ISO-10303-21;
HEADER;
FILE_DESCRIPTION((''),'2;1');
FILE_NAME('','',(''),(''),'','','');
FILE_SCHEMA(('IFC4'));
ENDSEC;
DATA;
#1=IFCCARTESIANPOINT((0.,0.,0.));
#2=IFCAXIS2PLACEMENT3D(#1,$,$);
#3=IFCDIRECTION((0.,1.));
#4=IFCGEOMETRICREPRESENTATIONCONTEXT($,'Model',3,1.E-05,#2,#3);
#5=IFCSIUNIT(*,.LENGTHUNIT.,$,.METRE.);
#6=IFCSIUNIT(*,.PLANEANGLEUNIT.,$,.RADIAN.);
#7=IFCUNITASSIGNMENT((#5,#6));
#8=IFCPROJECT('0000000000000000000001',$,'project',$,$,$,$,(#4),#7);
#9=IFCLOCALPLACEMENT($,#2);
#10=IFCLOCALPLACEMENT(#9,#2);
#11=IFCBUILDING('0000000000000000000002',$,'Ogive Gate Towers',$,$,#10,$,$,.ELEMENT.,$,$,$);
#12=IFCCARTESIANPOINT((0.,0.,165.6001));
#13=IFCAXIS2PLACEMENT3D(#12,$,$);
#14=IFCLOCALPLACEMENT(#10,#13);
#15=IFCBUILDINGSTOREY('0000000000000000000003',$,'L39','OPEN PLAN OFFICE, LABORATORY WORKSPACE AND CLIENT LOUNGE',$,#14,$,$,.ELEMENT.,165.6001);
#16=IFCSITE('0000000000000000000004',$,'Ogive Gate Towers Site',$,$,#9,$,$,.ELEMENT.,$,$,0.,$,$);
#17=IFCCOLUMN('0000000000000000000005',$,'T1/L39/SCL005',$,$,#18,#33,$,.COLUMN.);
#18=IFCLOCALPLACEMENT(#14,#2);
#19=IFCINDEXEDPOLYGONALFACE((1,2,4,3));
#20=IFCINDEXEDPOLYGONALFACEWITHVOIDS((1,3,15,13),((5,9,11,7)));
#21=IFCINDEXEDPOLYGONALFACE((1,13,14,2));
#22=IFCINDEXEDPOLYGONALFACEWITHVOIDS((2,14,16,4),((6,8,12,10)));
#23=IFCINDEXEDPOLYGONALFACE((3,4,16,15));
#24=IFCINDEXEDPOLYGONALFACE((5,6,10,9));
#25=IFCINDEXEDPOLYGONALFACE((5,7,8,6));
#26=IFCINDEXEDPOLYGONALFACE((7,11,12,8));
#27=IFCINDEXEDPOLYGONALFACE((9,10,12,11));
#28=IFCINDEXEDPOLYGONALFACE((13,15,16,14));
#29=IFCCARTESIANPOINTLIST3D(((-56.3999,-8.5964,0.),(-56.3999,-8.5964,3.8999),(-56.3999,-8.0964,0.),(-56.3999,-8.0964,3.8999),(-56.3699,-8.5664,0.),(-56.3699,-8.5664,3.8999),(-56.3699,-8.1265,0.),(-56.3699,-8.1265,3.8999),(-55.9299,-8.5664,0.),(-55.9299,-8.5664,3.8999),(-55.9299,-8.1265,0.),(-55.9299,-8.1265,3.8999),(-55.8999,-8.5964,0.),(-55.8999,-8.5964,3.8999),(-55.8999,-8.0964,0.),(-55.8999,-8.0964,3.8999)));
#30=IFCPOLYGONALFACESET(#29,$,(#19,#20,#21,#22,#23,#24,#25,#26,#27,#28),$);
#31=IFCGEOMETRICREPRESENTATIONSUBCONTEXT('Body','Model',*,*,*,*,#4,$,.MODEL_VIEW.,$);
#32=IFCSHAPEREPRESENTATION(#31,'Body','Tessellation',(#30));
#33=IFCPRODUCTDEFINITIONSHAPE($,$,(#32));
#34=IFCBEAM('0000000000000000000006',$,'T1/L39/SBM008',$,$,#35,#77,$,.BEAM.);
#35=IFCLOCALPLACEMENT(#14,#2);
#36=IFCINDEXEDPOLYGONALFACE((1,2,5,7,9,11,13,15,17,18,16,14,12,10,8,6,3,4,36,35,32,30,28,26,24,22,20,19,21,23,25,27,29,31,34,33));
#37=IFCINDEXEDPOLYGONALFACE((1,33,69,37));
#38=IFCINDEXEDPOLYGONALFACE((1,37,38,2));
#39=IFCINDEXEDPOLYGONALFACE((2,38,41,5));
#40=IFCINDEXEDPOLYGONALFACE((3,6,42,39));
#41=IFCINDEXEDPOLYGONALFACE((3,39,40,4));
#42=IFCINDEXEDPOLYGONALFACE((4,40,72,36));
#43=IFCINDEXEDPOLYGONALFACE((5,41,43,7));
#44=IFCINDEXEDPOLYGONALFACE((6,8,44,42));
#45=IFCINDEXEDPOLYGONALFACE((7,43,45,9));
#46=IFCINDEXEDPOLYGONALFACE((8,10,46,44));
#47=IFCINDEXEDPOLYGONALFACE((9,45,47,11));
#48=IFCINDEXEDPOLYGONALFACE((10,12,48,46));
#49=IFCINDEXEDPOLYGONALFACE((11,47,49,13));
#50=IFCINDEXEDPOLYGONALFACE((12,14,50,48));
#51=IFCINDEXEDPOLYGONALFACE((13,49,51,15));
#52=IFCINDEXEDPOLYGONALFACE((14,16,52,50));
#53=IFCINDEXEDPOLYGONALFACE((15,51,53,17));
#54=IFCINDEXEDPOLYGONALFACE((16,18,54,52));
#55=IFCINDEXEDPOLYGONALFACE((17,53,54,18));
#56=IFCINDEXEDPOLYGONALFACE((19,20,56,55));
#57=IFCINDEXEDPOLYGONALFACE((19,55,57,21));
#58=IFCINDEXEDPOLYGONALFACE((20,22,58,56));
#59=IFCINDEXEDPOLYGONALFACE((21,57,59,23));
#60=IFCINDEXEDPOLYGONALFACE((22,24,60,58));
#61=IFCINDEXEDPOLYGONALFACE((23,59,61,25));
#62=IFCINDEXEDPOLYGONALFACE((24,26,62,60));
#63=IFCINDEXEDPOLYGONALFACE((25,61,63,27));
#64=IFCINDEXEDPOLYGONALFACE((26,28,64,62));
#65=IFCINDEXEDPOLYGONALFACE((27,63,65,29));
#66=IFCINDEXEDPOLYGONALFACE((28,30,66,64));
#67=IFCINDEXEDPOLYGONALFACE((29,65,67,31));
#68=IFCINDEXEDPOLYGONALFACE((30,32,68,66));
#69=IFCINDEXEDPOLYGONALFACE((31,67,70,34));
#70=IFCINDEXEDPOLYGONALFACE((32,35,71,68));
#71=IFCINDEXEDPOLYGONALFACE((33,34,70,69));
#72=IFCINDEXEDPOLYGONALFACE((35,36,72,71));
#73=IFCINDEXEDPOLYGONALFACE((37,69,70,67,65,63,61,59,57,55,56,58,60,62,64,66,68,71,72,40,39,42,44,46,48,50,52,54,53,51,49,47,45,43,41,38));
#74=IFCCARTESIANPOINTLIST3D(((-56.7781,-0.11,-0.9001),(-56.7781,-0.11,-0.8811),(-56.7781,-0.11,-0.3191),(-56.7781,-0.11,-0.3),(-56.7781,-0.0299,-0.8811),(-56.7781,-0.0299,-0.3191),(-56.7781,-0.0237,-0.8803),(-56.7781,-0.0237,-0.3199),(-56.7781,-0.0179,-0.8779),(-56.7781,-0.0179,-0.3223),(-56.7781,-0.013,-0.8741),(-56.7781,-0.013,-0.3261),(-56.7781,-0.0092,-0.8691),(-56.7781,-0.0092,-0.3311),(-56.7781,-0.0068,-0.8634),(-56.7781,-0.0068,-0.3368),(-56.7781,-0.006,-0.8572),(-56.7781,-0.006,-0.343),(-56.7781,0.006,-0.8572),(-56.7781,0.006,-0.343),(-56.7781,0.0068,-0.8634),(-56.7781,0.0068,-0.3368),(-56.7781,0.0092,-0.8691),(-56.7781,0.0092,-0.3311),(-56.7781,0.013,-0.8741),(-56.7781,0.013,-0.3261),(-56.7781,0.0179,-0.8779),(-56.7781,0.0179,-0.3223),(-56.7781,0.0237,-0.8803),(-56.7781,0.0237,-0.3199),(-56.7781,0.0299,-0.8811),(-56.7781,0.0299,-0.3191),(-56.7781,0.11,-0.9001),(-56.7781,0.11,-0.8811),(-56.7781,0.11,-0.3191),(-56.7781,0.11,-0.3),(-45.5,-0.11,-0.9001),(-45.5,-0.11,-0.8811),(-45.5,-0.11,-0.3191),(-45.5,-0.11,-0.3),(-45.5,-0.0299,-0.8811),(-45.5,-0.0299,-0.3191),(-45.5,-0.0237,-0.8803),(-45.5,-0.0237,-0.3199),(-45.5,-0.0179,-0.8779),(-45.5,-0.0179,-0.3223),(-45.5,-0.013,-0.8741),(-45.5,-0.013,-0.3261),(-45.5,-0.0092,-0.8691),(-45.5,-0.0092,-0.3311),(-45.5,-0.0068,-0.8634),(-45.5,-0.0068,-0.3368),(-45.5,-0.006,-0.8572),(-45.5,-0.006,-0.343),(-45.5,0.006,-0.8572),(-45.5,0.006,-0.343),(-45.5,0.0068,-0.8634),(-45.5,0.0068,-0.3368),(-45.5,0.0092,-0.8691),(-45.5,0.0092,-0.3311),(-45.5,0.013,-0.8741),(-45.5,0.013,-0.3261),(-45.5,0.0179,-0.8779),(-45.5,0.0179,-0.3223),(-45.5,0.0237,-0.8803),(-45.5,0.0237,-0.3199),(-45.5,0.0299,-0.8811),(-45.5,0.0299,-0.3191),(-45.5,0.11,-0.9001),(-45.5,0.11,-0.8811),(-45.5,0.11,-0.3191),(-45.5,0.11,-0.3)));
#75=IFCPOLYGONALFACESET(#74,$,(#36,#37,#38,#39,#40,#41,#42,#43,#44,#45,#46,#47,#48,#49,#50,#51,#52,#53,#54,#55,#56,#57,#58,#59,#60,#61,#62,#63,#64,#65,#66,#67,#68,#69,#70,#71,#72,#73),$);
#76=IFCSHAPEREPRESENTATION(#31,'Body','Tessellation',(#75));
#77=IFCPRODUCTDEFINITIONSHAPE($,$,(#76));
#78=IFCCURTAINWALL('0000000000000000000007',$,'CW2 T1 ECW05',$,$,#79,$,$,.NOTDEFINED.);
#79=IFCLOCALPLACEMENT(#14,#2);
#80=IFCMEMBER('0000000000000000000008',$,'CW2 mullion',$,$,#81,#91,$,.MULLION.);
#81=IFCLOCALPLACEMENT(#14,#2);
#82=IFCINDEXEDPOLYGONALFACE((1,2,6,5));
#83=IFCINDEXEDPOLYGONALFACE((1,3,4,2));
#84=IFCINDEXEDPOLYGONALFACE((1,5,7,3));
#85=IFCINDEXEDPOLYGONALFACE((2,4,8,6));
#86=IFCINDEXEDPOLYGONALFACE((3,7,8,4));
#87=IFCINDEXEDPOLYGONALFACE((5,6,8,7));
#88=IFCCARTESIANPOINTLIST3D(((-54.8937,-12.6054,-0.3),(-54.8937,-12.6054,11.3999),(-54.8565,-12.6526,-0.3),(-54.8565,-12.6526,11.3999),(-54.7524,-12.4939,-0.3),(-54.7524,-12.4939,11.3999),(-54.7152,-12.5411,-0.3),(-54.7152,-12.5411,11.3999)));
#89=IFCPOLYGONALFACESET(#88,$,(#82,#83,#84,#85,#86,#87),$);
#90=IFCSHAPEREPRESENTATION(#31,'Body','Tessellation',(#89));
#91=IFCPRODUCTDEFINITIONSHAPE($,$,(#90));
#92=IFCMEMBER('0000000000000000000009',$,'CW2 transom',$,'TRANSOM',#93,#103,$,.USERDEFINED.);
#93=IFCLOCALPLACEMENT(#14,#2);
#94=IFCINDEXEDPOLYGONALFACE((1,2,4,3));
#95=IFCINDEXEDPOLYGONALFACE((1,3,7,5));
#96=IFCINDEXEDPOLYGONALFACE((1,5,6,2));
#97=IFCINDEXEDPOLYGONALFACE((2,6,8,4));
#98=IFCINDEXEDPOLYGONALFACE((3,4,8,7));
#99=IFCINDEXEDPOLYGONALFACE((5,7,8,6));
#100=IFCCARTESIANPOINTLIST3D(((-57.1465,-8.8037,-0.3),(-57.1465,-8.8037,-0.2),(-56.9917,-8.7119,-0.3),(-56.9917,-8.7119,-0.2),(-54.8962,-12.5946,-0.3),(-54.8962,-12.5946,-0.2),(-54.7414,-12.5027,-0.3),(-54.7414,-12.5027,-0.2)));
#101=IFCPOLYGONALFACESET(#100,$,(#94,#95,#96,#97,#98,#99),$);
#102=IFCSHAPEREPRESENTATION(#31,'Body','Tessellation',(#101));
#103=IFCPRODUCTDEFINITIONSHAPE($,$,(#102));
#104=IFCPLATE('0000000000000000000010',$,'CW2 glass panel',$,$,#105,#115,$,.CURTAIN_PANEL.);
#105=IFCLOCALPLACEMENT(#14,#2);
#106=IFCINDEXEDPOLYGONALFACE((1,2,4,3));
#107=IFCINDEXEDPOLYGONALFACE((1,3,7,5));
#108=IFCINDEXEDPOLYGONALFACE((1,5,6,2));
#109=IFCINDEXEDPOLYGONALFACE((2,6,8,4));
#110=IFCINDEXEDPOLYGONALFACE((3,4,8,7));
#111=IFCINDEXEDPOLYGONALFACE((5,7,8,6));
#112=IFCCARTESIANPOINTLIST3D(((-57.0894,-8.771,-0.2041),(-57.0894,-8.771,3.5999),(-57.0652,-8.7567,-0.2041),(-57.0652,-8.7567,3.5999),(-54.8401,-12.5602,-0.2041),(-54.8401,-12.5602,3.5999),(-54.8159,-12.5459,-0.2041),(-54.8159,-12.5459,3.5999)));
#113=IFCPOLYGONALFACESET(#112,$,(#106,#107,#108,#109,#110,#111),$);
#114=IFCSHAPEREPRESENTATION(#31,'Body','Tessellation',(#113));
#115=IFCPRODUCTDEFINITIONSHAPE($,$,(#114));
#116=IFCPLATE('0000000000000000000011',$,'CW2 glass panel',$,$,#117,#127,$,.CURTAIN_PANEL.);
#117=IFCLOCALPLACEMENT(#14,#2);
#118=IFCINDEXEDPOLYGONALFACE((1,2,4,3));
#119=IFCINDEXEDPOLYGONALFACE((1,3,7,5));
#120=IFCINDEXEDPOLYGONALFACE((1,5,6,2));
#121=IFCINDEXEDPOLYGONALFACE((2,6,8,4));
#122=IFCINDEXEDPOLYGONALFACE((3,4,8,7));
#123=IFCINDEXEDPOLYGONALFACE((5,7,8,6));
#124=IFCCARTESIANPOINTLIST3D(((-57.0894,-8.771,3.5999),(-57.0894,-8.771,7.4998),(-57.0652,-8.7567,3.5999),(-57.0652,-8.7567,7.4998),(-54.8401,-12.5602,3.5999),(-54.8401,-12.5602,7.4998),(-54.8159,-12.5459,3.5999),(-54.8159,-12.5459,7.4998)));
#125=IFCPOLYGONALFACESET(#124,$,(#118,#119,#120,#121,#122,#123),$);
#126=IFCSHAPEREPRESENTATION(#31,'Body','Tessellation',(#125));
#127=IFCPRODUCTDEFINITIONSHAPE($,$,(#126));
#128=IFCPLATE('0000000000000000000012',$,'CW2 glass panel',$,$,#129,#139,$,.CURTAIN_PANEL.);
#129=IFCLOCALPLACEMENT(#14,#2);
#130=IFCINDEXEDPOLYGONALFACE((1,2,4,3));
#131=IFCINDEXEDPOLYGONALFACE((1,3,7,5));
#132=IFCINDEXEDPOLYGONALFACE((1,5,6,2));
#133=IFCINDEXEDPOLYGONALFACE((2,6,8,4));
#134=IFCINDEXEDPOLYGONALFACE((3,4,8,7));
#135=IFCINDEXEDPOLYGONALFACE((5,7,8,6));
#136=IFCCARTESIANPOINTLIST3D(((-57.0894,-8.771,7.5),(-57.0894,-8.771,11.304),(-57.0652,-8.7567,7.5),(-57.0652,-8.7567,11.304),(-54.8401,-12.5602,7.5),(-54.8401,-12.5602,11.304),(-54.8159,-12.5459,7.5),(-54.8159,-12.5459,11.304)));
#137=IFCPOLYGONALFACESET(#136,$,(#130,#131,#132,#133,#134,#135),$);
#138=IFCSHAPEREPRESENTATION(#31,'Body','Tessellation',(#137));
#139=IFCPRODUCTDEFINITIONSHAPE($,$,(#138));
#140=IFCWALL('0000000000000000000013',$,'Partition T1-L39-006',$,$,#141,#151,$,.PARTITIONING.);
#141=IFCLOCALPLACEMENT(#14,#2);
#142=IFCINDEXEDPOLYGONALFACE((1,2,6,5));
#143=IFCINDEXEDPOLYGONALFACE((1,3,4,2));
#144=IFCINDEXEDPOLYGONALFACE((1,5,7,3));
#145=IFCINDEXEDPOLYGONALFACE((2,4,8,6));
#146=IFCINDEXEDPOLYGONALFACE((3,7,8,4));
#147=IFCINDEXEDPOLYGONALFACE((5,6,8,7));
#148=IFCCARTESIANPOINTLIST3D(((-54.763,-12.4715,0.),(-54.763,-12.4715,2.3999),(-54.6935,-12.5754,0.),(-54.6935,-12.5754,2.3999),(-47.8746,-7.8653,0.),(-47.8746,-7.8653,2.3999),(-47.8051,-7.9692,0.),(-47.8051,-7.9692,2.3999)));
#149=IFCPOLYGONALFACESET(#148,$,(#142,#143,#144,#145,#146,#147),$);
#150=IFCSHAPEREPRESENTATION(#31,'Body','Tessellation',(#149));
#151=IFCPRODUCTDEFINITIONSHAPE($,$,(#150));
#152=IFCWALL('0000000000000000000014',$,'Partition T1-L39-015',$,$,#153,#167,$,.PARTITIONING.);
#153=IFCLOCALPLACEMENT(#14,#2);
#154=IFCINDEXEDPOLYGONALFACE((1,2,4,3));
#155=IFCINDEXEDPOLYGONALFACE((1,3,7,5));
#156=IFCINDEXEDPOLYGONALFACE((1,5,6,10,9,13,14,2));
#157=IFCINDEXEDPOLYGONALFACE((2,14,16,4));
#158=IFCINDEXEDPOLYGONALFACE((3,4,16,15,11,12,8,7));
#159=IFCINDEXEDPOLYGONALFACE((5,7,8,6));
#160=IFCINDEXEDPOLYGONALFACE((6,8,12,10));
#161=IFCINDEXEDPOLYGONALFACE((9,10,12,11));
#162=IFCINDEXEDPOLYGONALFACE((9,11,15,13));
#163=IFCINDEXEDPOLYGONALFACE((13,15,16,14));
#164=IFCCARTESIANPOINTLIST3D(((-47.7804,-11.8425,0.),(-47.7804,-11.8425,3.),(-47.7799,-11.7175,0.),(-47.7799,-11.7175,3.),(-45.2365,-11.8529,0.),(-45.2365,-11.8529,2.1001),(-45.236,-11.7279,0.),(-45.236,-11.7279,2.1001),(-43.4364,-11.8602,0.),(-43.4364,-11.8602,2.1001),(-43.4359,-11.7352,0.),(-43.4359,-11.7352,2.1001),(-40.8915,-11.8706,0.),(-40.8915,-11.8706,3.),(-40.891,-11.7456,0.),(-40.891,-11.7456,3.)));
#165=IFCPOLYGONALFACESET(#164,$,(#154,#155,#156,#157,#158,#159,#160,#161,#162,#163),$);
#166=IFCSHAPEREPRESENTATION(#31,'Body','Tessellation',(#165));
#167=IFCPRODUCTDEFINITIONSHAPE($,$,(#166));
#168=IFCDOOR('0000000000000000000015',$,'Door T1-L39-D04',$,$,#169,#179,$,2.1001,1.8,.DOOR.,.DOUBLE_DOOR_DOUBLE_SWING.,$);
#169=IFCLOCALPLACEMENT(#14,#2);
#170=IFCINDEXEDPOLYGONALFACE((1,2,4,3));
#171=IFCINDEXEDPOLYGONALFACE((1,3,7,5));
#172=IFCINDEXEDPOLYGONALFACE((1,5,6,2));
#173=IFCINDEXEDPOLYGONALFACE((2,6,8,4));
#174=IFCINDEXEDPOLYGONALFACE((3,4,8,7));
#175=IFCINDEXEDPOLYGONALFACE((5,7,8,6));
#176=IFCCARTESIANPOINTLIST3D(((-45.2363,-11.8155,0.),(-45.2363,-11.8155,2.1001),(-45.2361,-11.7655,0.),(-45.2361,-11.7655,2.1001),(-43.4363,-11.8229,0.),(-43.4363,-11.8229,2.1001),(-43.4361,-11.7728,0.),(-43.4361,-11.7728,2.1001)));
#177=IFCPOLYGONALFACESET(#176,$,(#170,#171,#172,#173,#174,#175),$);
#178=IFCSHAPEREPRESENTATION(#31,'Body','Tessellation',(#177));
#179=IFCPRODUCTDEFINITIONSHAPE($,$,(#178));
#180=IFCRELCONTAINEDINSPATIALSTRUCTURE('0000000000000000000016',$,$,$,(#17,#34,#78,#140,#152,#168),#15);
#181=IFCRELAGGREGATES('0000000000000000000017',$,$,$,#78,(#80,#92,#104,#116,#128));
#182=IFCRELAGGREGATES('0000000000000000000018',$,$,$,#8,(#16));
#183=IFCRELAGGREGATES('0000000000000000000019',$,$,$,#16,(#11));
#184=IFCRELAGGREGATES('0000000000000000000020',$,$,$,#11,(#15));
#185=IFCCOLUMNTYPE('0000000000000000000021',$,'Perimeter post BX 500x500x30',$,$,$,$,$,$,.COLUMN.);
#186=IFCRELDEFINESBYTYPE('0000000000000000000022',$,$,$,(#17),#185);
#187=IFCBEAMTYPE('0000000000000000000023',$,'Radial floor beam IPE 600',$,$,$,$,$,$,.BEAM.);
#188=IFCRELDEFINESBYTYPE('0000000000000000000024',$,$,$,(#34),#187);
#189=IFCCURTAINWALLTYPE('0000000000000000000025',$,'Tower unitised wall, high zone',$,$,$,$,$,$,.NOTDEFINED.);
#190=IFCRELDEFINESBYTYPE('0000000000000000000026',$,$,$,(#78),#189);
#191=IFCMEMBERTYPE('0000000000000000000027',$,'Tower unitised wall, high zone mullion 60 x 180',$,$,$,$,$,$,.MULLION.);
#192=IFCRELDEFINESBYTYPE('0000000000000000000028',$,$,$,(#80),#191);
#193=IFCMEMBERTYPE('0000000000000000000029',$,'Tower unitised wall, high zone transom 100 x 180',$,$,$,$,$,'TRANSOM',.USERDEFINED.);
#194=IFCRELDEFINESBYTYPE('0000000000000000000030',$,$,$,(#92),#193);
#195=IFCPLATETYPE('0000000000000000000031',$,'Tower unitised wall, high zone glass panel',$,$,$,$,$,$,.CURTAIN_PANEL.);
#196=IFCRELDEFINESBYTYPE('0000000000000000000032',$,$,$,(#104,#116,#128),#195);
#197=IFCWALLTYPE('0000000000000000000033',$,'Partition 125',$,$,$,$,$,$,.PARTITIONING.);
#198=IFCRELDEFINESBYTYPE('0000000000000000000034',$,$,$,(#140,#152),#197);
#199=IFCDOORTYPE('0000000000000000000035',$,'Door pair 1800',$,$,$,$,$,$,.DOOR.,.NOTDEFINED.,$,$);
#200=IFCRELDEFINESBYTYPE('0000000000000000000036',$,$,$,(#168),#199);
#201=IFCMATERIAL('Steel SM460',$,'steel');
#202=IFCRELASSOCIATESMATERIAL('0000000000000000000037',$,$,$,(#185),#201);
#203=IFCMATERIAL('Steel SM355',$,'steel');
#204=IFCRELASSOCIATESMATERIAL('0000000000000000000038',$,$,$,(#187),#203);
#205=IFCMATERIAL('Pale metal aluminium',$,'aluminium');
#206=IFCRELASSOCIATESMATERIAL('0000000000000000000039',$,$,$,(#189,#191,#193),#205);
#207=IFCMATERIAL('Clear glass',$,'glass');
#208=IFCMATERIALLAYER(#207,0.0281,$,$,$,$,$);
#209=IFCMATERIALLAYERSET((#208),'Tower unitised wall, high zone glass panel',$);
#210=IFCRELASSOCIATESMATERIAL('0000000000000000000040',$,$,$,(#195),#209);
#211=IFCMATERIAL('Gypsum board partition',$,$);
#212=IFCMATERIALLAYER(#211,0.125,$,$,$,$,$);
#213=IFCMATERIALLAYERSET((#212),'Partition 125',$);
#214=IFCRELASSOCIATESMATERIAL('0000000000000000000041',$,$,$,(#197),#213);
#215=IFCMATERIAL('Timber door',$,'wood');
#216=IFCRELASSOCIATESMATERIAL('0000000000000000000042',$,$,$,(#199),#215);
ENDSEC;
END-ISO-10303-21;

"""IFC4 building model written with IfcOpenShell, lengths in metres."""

from ifc_helpers import new_model, si_unit, direction, frame, frame_2d, origin, origin_2d, place, context, subcontext, project, spatial, rectangle, hollow_rectangle, i_section, extrude, material, layer, layer_set, material_profile, profile_set, type_object, element, fill, aggregate, save


model = new_model("IFC4")

# Units and contexts
model_context = context("Model", 3, precision=1e-05, world=origin(), true_north=direction((0.0, 1.0)))
body_context = subcontext(model_context, "Body", "Model", "MODEL_VIEW")
ifc_project = project(units=[si_unit("LENGTHUNIT", "METRE"), si_unit("PLANEANGLEUNIT", "RADIAN")], contexts=[model_context])

# Site, building, storey
site_placement = place(None, origin())
site = spatial("IfcSite", under=ifc_project, at=site_placement, Name="Ogive Gate Towers Site", CompositionType="ELEMENT", RefElevation=0.0)
building_placement = place(site_placement, origin())
building = spatial("IfcBuilding", under=site, at=building_placement, Name="Ogive Gate Towers", CompositionType="ELEMENT")
storey_placement = place(building_placement, frame((0.0, 0.0, 165.6001)))
storey = spatial("IfcBuildingStorey", under=building, at=storey_placement, Name="L39", Description="OPEN PLAN OFFICE, LABORATORY WORKSPACE AND CLIENT LOUNGE", CompositionType="ELEMENT", Elevation=165.6001)

# Column
ifc_material_1 = material(Name="Steel SM460", Category="steel")
ifc_material_profile_1 = material_profile(ifc_material_1, hollow_rectangle(XDim=0.5, YDim=0.5, WallThickness=0.03, at=origin_2d()), Name="BX 500x500x30")
ifc_profile_set_1 = profile_set([ifc_material_profile_1], Name="Steel SM460")
column_type = type_object("IfcColumnType", Name="Perimeter post BX 500x500x30", PredefinedType="COLUMN", material=ifc_profile_set_1)
column_placement = place(storey_placement, frame((-56.1499, -8.3464, 0.0), z_axis=(0.0, 0.0, 1.0), x_axis=(1.0, 0.0, 0.0)))
element("IfcColumn", 1, at=column_placement, inside=storey, type_object=column_type, Name="T1/L39/SCL005", PredefinedType="COLUMN", context=body_context, shape_type="SweptSolid", body=[
    extrude(hollow_rectangle(XDim=0.5, YDim=0.5, WallThickness=0.03, at=origin_2d()), origin(), (0.0, 0.0, 1.0), 3.8999),
])

# Beam
ifc_material_2 = material(Name="Steel SM355", Category="steel")
ifc_material_profile_2 = material_profile(ifc_material_2, i_section(OverallWidth=0.22, OverallDepth=0.6001, WebThickness=0.012, FlangeThickness=0.019, FilletRadius=0.0239, at=origin_2d()), Name="IPE 600")
ifc_profile_set_2 = profile_set([ifc_material_profile_2], Name="Steel SM355")
beam_type = type_object("IfcBeamType", Name="Radial floor beam IPE 600", PredefinedType="BEAM", material=ifc_profile_set_2)
beam_placement = place(storey_placement, frame((-45.5, 0.0, -0.6001), z_axis=(-1.0, 0.0, 0.0), x_axis=(0.0, -1.0, 0.0)))
element("IfcBeam", 2, at=beam_placement, inside=storey, type_object=beam_type, Name="T1/L39/SBM008", PredefinedType="BEAM", context=body_context, shape_type="SweptSolid", body=[
    extrude(i_section(OverallWidth=0.22, OverallDepth=0.6001, WebThickness=0.012, FlangeThickness=0.019, FilletRadius=0.0239, at=origin_2d()), origin(), (0.0, 0.0, 1.0), 11.2781),
])

# Curtain wall, members, plates
ifc_material_3 = material(Name="Pale metal aluminium", Category="aluminium")
curtain_wall_type = type_object("IfcCurtainWallType", Name="Tower unitised wall, high zone", PredefinedType="NOTDEFINED", material=ifc_material_3)
curtain_wall_placement = place(storey_placement, origin())
curtain_wall = element("IfcCurtainWall", 3, at=curtain_wall_placement, inside=storey, type_object=curtain_wall_type, Name="CW2 T1 ECW05", PredefinedType="NOTDEFINED")
ifc_material_profile_3 = material_profile(ifc_material_3, rectangle(XDim=0.1799, YDim=0.0601, at=origin_2d()), Name="60 x 180 aluminium box")
ifc_profile_set_3 = profile_set([ifc_material_profile_3], Name="Pale metal aluminium")
member_type_1 = type_object("IfcMemberType", Name="Tower unitised wall, high zone mullion 60 x 180", PredefinedType="MULLION", material=ifc_profile_set_3)
member_1_placement = place(storey_placement, frame((-54.8044, -12.5732, -0.3), z_axis=(0.0, 0.0, 1.0), x_axis=(-0.784949, -0.61956, 0.0)))
member_1 = element("IfcMember", 4, at=member_1_placement, type_object=member_type_1, Name="CW2 mullion", PredefinedType="MULLION", context=body_context, shape_type="SweptSolid", body=[
    extrude(rectangle(XDim=0.1799, YDim=0.0601, at=origin_2d()), origin(), (0.0, 0.0, 1.0), 11.7),
])
ifc_material_profile_4 = material_profile(ifc_material_3, rectangle(XDim=0.1799, YDim=0.1001, at=origin_2d()), Name="100 x 180 aluminium box")
ifc_profile_set_4 = profile_set([ifc_material_profile_4], Name="Pale metal aluminium")
member_type_2 = type_object("IfcMemberType", Name="Tower unitised wall, high zone transom 100 x 180", ElementType="TRANSOM", PredefinedType="USERDEFINED", material=ifc_profile_set_4)
member_2_placement = place(storey_placement, frame((-57.0691, -8.7578, -0.25), z_axis=(0.51045, -0.859907, 0.0), x_axis=(0.859907, 0.51045, 0.0)))
member_2 = element("IfcMember", 5, at=member_2_placement, type_object=member_type_2, Name="CW2 transom", ObjectType="TRANSOM", PredefinedType="USERDEFINED", context=body_context, shape_type="SweptSolid", body=[
    extrude(rectangle(XDim=0.1799, YDim=0.1001, at=origin_2d()), origin(), (0.0, 0.0, 1.0), 4.4084),
])
ifc_material_4 = material(Name="Clear glass", Category="glass")
ifc_layer_1 = layer(ifc_material_4, 0.0281)
ifc_layer_set_1 = layer_set([ifc_layer_1], Name="Tower unitised wall, high zone glass panel")
plate_type = type_object("IfcPlateType", Name="Tower unitised wall, high zone glass panel", PredefinedType="CURTAIN_PANEL", material=ifc_layer_set_1)
plate_1_placement = place(storey_placement, frame((-55.9526, -10.6584, -0.2041), z_axis=(0.0, 0.0, 1.0), x_axis=(0.510453, -0.859906, 0.0)))
plate_1 = element("IfcPlate", 6, at=plate_1_placement, type_object=plate_type, Name="CW2 glass panel", PredefinedType="CURTAIN_PANEL", context=body_context, shape_type="SweptSolid", body=[
    extrude(rectangle(XDim=4.4065, YDim=0.0281, at=origin_2d()), origin(), (0.0, 0.0, 1.0), 3.804),
])
plate_2_placement = place(storey_placement, frame((-55.9526, -10.6584, 3.5999), z_axis=(0.0, 0.0, 1.0), x_axis=(0.510453, -0.859906, 0.0)))
plate_2 = element("IfcPlate", 7, at=plate_2_placement, type_object=plate_type, Name="CW2 glass panel", PredefinedType="CURTAIN_PANEL", context=body_context, shape_type="SweptSolid", body=[
    extrude(rectangle(XDim=4.4065, YDim=0.0281, at=origin_2d()), origin(), (0.0, 0.0, 1.0), 3.8999),
])
plate_3_placement = place(storey_placement, frame((-55.9526, -10.6584, 7.5), z_axis=(0.0, 0.0, 1.0), x_axis=(0.510453, -0.859906, 0.0)))
plate_3 = element("IfcPlate", 8, at=plate_3_placement, type_object=plate_type, Name="CW2 glass panel", PredefinedType="CURTAIN_PANEL", context=body_context, shape_type="SweptSolid", body=[
    extrude(rectangle(XDim=4.4065, YDim=0.0281, at=origin_2d()), origin(), (0.0, 0.0, 1.0), 3.804),
])
aggregate(curtain_wall, [member_1, member_2, plate_1, plate_2, plate_3])

# Wall
ifc_material_5 = material(Name="Gypsum board partition")
ifc_layer_2 = layer(ifc_material_5, 0.125)
ifc_layer_set_2 = layer_set([ifc_layer_2], Name="Partition 125")
wall_type = type_object("IfcWallType", Name="Partition 125", PredefinedType="PARTITIONING", material=ifc_layer_set_2)
wall_1_placement = place(storey_placement, frame((-54.7283, -12.5234, 0.0), z_axis=(0.0, 0.0, 1.0), x_axis=(0.831274, 0.555862, 0.0)))
element("IfcWall", 9, at=wall_1_placement, inside=storey, type_object=wall_type, Name="Partition T1-L39-006", PredefinedType="PARTITIONING", context=body_context, shape_type="SweptSolid", body=[
    extrude(rectangle(XDim=8.2866, YDim=0.125, at=frame_2d((4.1433, 0.0))), origin(), (0.0, 0.0, 1.0), 2.3999),
])

# Wall, opening, door
wall_2_placement = place(storey_placement, frame((-47.78, -11.78, 0.0), z_axis=(0.0, 0.0, 1.0), x_axis=(0.999992, -0.004076, 0.0)))
wall_2 = element("IfcWall", 10, at=wall_2_placement, inside=storey, type_object=wall_type, Name="Partition T1-L39-015", PredefinedType="PARTITIONING", context=body_context, shape_type="SweptSolid", body=[
    extrude(rectangle(XDim=6.8889, YDim=0.125, at=frame_2d((3.4443, 0.0))), origin(), (0.0, 0.0, 1.0), 3.0),
])
opening_placement = place(wall_2_placement, frame((2.5439, 0.0, 0.0)))
opening = element("IfcOpeningElement", 11, at=opening_placement, cuts=wall_2, PredefinedType="OPENING", context=body_context, shape_type="SweptSolid", body=[
    extrude(rectangle(XDim=1.8, YDim=2.1001, at=frame_2d((0.8999, 1.05))), frame((0.0, 0.0725, 0.0), z_axis=(0.0, -1.0, 0.0), x_axis=(1.0, 0.0, 0.0)), (0.0, 0.0, 1.0), 0.145),
])
ifc_material_6 = material(Name="Timber door", Category="wood")
door_type = type_object("IfcDoorType", Name="Door pair 1800", OperationType="NOTDEFINED", PredefinedType="DOOR", material=ifc_material_6)
door_placement = place(opening_placement, origin())
door = element("IfcDoor", 12, at=door_placement, inside=storey, type_object=door_type, Name="Door T1-L39-D04", OperationType="DOUBLE_DOOR_DOUBLE_SWING", OverallHeight=2.1001, OverallWidth=1.8, PredefinedType="DOOR", context=body_context, shape_type="SweptSolid", body=[
    extrude(rectangle(XDim=1.8, YDim=2.1001, at=frame_2d((0.8999, 1.05))), frame((0.0, 0.0249, 0.0), z_axis=(0.0, -1.0, 0.0), x_axis=(1.0, 0.0, 0.0)), (0.0, 0.0, 1.0), 0.05),
])
fill(opening, door)

save(model, "model.ifc")
